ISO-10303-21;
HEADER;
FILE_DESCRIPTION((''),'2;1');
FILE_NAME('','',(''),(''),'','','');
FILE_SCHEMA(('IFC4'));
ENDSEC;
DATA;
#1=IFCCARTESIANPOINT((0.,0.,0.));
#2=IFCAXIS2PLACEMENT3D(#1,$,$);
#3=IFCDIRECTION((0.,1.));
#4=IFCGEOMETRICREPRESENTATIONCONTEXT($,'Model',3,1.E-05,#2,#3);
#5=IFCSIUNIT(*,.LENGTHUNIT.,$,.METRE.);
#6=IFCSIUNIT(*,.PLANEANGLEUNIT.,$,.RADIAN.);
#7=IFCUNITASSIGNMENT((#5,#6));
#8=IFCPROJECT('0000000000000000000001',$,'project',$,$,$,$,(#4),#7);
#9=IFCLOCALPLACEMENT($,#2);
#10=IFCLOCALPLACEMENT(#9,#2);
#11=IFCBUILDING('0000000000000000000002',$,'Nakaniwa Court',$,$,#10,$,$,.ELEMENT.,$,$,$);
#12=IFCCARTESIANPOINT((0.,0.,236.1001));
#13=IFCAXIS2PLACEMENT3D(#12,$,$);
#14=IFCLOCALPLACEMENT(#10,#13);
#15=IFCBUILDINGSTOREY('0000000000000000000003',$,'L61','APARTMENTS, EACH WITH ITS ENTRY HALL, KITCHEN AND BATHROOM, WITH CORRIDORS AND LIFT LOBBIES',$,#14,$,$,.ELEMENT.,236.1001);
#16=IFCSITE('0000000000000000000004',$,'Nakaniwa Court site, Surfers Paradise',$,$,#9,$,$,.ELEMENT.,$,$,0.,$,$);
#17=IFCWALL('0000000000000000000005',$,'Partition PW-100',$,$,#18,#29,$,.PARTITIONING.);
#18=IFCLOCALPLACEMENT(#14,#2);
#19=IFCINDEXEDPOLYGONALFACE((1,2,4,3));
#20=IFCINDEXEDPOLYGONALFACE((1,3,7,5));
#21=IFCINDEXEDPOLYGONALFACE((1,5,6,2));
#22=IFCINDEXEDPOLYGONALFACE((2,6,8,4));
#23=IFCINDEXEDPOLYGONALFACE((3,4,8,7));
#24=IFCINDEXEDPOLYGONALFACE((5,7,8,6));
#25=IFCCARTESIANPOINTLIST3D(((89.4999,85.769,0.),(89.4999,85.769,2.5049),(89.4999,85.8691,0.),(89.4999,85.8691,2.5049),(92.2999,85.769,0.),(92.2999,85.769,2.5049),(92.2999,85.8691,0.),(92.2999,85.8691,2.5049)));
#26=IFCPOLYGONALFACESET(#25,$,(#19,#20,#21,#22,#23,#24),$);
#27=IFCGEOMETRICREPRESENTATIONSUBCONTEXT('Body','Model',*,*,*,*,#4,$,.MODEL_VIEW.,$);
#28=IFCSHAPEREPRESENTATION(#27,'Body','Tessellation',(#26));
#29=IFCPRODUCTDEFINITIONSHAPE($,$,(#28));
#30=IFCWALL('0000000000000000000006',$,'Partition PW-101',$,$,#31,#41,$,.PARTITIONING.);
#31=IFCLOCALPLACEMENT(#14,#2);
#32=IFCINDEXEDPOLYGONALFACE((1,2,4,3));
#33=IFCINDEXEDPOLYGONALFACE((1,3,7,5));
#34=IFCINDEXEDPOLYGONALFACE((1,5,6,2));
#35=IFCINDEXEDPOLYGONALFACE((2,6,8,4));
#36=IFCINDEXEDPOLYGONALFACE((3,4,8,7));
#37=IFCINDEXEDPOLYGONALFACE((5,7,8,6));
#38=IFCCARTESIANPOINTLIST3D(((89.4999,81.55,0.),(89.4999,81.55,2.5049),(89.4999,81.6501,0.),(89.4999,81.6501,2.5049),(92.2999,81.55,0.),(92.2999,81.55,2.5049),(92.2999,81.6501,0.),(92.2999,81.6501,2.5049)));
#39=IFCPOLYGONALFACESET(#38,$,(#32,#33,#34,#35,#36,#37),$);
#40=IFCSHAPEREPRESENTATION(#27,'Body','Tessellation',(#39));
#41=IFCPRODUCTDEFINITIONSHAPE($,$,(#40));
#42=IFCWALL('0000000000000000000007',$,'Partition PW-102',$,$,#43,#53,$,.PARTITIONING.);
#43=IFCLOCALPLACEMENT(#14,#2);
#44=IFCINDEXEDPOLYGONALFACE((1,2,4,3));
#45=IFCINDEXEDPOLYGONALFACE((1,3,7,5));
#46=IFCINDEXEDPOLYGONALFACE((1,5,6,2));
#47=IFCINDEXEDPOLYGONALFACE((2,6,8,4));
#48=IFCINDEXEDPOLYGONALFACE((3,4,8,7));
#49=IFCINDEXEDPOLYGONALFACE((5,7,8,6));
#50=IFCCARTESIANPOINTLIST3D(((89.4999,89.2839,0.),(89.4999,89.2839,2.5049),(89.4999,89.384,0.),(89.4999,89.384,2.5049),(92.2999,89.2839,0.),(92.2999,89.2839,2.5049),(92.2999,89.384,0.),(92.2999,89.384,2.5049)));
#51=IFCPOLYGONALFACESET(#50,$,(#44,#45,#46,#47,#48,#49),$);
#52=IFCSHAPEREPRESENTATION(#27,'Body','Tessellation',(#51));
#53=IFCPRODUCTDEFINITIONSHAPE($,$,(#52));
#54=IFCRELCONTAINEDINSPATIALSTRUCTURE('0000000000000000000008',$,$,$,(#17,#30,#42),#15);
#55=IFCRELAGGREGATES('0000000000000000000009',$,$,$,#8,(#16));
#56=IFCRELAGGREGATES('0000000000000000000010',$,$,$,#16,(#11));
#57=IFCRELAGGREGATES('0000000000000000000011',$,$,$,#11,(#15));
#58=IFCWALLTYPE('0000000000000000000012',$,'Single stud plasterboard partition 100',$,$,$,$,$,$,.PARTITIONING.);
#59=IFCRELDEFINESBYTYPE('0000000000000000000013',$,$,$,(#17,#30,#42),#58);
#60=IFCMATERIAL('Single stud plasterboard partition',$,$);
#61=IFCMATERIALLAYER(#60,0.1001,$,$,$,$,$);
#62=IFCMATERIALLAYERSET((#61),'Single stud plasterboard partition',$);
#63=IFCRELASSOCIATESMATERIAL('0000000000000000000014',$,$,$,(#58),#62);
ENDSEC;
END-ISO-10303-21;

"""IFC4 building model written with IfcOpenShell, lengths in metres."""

from ifc_helpers import new_model, si_unit, direction, frame, frame_2d, origin, place, context, subcontext, project, spatial, rectangle, extrude, material, layer, layer_set, type_object, element, save


model = new_model("IFC4")

# Units and contexts
model_context = context("Model", 3, precision=1e-05, world=origin(), true_north=direction((0.0, 1.0)))
body_context = subcontext(model_context, "Body", "Model", "MODEL_VIEW")
ifc_project = project(units=[si_unit("LENGTHUNIT", "METRE"), si_unit("PLANEANGLEUNIT", "RADIAN")], contexts=[model_context])

# Site, building, storey
site_placement = place(None, origin())
site = spatial("IfcSite", under=ifc_project, at=site_placement, Name="Nakaniwa Court site, Surfers Paradise", CompositionType="ELEMENT", RefElevation=0.0)
building_placement = place(site_placement, origin())
building = spatial("IfcBuilding", under=site, at=building_placement, Name="Nakaniwa Court", CompositionType="ELEMENT")
storey_placement = place(building_placement, frame((0.0, 0.0, 236.1001)))
storey = spatial("IfcBuildingStorey", under=building, at=storey_placement, Name="L61", Description="APARTMENTS, EACH WITH ITS ENTRY HALL, KITCHEN AND BATHROOM, WITH CORRIDORS AND LIFT LOBBIES", CompositionType="ELEMENT", Elevation=236.1001)

# Walls
ifc_material_1 = material(Name="Single stud plasterboard partition")
ifc_layer_1 = layer(ifc_material_1, 0.1001)
ifc_layer_set_1 = layer_set([ifc_layer_1], Name="Single stud plasterboard partition")
wall_type_1 = type_object("IfcWallType", Name="Single stud plasterboard partition 100", PredefinedType="PARTITIONING", material=ifc_layer_set_1)
for number, where, z_axis, x_axis, name in (
    (1, (89.5, 85.8191, 0.0), (0.0, 0.0, 1.0), (1.0, 0.0, 0.0), "Partition PW-100"),
    (2, (89.5, 81.6001, 0.0), (0.0, 0.0, 1.0), (1.0, 0.0, 0.0), "Partition PW-101"),
    (3, (89.5, 89.334, 0.0), (0.0, 0.0, 1.0), (1.0, 0.0, 0.0), "Partition PW-102"),
):
    element("IfcWall", number, at=place(storey_placement, frame(where, z_axis=z_axis, x_axis=x_axis)), inside=storey, type_object=wall_type_1, Name=name, PredefinedType="PARTITIONING", context=body_context, shape_type="SweptSolid", body=[
        extrude(rectangle(XDim=2.8, YDim=0.1001, at=frame_2d((1.3999, 0.0))), origin(), (0.0, 0.0, 1.0), 2.5049),
    ])

save(model, "model.ifc")
